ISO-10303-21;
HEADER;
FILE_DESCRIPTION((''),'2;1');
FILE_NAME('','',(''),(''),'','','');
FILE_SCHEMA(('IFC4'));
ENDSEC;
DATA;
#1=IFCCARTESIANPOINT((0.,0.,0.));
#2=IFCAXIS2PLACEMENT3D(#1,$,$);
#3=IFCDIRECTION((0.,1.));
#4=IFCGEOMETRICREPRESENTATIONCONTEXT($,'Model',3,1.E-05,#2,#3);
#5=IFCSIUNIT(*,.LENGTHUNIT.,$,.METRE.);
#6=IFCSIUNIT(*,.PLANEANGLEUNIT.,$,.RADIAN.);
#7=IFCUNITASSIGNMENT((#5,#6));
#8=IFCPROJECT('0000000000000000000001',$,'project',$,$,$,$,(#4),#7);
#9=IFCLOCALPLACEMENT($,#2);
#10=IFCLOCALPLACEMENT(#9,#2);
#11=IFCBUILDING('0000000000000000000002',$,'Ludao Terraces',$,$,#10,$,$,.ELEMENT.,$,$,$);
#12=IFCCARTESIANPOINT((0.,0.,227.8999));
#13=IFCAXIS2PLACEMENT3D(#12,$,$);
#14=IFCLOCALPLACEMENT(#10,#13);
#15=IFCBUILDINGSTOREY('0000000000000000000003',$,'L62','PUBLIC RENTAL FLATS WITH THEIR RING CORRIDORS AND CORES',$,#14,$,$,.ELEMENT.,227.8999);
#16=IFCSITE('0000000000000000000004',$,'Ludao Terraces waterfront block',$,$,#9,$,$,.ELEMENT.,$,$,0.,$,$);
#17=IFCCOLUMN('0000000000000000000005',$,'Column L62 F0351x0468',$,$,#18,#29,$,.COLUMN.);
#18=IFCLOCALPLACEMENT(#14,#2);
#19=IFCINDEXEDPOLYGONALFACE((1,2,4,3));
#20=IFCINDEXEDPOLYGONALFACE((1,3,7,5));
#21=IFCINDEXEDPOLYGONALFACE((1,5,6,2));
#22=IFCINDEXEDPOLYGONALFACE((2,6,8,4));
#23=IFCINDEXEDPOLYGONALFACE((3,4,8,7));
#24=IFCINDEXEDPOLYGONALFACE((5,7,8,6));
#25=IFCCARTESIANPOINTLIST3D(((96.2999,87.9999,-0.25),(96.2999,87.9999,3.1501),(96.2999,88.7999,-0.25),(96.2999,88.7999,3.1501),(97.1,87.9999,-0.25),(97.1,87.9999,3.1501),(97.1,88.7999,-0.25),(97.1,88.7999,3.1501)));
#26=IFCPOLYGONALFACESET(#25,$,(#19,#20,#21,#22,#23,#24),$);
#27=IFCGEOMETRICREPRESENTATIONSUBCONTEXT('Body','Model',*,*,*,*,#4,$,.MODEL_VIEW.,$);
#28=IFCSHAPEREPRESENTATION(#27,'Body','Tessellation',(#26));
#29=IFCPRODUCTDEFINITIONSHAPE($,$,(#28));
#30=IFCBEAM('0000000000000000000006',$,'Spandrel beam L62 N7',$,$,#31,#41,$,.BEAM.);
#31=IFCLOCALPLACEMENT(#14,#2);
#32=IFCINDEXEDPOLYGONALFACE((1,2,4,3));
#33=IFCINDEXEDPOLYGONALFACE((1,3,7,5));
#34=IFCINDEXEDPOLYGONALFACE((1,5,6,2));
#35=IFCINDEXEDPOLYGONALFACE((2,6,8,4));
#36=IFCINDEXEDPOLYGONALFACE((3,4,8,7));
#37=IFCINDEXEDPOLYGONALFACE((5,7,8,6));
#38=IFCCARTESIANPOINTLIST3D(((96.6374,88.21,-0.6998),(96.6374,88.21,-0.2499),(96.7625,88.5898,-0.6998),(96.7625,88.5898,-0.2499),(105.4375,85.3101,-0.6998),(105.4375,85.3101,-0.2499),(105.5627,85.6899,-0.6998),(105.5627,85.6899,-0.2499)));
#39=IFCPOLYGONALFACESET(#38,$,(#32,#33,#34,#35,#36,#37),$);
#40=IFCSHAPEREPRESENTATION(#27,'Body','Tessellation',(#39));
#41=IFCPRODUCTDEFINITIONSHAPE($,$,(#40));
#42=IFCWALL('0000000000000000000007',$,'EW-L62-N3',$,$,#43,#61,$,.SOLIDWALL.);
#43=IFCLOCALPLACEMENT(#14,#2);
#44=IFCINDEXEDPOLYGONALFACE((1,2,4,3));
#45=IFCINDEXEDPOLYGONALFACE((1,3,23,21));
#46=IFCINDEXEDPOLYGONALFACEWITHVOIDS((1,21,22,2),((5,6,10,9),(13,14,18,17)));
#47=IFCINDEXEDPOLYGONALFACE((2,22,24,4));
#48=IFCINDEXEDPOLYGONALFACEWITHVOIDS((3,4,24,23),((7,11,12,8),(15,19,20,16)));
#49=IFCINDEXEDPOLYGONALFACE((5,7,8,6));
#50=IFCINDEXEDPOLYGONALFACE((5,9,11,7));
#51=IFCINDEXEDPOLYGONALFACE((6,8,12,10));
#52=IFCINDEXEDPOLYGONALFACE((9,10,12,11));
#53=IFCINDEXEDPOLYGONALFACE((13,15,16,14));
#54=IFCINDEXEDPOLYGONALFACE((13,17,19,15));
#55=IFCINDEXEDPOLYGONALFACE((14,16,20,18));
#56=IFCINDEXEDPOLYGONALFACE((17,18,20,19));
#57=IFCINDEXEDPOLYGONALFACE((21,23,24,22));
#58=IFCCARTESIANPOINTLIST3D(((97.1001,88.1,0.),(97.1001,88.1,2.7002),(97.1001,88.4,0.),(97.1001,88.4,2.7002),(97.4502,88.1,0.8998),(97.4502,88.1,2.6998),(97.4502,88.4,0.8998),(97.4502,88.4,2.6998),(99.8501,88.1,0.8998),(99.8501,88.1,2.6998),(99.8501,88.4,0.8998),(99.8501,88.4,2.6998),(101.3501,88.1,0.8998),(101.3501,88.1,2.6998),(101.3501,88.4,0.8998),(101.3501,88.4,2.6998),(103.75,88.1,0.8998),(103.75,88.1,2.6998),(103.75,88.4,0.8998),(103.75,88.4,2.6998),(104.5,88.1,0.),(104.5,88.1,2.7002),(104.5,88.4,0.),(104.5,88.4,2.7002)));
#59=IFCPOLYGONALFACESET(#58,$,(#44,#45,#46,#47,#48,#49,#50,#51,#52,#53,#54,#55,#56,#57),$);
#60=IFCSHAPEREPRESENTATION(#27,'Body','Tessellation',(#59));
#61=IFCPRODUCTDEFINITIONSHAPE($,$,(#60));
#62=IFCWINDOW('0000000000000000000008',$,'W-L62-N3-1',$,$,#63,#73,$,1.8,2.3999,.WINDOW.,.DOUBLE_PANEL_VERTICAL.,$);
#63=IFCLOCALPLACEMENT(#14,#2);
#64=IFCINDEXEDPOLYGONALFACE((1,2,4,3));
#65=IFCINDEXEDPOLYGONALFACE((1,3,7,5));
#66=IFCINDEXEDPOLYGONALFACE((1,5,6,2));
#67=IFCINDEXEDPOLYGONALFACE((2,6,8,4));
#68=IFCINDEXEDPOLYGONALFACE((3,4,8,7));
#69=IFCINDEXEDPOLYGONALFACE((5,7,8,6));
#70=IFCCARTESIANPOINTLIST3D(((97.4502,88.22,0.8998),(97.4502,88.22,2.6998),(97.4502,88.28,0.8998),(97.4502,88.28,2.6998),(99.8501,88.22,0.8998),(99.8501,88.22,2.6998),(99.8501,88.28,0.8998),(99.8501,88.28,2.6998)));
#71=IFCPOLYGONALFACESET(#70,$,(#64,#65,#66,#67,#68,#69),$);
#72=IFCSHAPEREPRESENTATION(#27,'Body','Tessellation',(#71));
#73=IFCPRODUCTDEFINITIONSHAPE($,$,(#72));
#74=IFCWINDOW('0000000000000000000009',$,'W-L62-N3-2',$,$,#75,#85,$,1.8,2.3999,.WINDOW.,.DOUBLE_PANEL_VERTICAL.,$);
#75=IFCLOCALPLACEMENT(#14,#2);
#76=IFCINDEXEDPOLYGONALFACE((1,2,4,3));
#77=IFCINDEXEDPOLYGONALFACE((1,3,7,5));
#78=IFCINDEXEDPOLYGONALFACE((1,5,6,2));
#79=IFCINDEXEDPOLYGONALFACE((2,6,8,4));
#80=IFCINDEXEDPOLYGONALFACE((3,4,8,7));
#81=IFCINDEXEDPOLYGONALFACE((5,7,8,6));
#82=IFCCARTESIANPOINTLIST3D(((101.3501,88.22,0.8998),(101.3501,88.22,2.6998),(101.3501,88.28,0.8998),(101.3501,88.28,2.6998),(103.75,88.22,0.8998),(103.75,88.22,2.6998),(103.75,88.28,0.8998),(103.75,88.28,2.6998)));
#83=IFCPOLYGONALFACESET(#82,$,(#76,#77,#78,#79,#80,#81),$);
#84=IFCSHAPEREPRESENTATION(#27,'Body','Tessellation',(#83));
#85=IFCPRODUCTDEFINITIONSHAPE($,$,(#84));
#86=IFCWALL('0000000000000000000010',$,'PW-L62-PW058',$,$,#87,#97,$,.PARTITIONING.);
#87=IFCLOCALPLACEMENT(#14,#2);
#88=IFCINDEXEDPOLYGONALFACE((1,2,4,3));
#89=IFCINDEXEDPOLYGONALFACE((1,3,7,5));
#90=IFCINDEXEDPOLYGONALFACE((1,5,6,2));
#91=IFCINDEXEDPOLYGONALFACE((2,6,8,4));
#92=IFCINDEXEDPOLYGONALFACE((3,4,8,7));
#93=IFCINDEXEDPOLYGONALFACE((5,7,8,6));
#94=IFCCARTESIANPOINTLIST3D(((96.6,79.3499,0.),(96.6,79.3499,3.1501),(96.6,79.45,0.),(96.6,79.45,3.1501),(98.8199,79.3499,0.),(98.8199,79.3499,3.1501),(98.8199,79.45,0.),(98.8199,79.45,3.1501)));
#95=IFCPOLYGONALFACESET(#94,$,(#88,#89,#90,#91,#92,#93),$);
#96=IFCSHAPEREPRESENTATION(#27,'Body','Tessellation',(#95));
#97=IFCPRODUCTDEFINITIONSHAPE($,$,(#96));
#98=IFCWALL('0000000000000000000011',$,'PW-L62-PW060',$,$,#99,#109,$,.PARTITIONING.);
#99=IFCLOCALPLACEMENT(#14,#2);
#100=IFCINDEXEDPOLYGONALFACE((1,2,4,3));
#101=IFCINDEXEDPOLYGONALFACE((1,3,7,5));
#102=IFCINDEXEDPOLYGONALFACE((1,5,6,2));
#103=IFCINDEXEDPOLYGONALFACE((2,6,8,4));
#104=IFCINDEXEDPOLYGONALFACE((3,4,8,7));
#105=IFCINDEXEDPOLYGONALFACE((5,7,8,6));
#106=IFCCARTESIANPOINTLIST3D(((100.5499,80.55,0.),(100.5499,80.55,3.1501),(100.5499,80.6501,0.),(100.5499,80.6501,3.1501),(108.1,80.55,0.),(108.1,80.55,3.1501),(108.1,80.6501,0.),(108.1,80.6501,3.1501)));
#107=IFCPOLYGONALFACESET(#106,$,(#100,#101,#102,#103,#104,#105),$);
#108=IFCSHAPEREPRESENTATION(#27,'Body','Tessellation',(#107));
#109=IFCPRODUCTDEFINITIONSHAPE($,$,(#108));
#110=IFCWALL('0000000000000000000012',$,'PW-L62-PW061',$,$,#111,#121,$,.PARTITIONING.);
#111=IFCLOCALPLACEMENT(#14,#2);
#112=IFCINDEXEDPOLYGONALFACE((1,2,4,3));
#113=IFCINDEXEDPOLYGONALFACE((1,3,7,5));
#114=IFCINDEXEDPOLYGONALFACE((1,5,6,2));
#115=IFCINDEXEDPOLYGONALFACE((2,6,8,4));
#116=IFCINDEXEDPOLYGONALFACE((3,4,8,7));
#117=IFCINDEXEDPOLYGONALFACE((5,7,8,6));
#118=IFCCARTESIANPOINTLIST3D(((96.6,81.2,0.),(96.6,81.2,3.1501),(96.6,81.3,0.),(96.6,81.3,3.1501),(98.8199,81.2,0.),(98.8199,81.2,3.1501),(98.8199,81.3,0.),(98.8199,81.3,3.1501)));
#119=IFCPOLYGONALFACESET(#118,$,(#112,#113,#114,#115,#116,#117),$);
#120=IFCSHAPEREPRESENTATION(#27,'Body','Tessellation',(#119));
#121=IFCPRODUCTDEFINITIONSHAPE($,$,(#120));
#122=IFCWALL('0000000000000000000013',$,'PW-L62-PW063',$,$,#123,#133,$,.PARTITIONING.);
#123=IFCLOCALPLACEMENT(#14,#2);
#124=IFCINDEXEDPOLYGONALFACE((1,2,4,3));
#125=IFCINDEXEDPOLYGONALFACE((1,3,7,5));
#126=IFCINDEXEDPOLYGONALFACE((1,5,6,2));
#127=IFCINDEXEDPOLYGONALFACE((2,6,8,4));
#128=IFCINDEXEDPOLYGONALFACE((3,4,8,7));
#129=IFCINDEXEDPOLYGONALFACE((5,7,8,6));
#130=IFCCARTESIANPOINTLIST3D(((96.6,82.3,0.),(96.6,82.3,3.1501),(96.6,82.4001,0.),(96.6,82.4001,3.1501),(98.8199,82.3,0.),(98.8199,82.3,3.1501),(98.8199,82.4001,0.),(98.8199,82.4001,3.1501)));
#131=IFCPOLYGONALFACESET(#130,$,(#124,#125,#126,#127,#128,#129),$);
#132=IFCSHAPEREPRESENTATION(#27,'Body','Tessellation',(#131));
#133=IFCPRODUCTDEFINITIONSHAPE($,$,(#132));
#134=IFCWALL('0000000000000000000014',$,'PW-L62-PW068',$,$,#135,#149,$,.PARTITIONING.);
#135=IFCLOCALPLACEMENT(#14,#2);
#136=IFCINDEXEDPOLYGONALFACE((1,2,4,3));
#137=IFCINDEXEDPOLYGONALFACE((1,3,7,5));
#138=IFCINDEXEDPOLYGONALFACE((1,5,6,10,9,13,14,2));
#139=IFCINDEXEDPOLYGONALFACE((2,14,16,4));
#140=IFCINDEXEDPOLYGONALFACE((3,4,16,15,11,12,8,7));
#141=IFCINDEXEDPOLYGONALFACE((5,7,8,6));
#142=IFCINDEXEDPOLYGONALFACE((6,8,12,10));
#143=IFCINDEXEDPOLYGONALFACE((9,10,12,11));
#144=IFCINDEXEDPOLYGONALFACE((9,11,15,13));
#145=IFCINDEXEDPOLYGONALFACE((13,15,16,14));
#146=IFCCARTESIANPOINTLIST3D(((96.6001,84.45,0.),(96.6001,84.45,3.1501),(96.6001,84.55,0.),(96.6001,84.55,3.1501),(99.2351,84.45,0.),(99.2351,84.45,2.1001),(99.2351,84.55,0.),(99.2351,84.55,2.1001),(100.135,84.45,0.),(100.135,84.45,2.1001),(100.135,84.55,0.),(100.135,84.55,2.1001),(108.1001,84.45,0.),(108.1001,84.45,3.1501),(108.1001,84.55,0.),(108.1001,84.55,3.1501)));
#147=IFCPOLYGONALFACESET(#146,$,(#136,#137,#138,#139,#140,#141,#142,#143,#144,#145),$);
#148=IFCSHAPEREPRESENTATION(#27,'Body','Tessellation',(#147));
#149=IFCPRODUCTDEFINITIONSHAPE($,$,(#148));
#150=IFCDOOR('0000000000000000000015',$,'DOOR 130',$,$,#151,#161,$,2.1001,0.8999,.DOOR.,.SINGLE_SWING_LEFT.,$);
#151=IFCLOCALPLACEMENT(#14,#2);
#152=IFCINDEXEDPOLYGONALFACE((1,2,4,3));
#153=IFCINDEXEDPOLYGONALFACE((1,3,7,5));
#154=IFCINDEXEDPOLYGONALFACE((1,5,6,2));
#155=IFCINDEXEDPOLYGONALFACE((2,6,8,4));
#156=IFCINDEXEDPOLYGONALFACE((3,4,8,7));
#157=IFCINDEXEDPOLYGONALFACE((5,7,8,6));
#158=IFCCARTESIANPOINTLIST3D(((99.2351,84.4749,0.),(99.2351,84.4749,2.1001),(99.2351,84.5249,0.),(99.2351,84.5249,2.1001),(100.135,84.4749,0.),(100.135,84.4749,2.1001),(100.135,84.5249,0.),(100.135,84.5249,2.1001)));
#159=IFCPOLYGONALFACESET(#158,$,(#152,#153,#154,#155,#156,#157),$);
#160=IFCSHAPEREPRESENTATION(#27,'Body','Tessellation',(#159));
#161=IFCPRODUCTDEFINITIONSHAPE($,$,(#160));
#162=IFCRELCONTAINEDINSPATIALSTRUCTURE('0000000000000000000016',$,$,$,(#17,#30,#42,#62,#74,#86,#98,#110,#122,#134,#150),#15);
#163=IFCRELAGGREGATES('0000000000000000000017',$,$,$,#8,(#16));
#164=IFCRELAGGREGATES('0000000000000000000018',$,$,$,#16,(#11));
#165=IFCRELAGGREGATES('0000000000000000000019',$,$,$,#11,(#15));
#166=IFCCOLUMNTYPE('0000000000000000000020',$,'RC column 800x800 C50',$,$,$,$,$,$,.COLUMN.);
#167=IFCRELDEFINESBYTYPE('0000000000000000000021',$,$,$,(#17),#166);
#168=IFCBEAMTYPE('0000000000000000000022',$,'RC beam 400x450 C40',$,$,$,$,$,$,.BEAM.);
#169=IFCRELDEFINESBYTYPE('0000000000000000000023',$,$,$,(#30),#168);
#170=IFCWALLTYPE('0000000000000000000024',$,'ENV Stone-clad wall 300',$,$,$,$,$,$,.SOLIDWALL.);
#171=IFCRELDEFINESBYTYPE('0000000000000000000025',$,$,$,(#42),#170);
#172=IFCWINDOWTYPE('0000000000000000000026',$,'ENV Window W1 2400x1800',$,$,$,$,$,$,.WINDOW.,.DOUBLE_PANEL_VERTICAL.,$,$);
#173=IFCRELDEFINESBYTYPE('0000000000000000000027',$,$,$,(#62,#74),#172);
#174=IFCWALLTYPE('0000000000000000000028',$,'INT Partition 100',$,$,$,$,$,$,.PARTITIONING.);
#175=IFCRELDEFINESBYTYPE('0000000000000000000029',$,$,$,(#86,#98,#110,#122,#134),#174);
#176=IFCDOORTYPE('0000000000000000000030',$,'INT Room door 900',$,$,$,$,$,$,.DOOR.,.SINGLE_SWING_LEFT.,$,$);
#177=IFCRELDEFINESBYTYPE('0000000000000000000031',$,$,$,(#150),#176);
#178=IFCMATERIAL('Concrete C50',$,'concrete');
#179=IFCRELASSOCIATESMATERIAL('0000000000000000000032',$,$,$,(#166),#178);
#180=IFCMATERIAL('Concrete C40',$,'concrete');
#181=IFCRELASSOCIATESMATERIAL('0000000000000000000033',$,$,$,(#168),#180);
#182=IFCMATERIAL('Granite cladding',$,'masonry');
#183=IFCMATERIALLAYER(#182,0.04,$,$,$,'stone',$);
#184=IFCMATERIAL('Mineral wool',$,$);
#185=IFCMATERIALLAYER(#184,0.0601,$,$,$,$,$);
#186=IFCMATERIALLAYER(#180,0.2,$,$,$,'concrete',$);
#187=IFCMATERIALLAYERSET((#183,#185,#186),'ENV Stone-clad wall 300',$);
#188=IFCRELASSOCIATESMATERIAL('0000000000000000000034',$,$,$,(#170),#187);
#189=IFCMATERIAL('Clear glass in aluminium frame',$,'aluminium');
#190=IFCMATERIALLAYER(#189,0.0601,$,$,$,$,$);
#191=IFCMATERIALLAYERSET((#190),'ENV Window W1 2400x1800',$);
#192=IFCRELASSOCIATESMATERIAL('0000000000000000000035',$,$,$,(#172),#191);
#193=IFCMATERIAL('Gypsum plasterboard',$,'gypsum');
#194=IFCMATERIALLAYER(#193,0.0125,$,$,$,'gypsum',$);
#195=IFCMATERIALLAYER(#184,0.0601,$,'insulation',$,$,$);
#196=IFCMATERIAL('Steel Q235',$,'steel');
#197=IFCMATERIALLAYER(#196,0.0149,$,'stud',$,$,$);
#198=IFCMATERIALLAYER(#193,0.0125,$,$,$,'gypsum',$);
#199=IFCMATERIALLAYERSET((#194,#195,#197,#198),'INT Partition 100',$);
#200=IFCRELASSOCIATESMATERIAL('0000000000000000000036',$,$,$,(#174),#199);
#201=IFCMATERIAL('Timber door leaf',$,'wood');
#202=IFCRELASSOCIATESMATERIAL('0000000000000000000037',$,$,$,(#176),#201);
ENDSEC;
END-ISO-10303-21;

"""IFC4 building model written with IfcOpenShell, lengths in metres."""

from ifc_helpers import new_model, si_unit, direction, frame, frame_2d, origin, origin_2d, place, context, subcontext, project, spatial, rectangle, extrude, material, layer, layer_set, material_profile, profile_set, type_object, element, fill, save


model = new_model("IFC4")

# Units and contexts
model_context = context("Model", 3, precision=1e-05, world=origin(), true_north=direction((0.0, 1.0)))
body_context = subcontext(model_context, "Body", "Model", "MODEL_VIEW")
ifc_project = project(units=[si_unit("LENGTHUNIT", "METRE"), si_unit("PLANEANGLEUNIT", "RADIAN")], contexts=[model_context])

# Site, building, storey
site_placement = place(None, origin())
site = spatial("IfcSite", under=ifc_project, at=site_placement, Name="Ludao Terraces waterfront block", CompositionType="ELEMENT", RefElevation=0.0)
building_placement = place(site_placement, origin())
building = spatial("IfcBuilding", under=site, at=building_placement, Name="Ludao Terraces", CompositionType="ELEMENT")
storey_placement = place(building_placement, frame((0.0, 0.0, 227.8999)))
storey = spatial("IfcBuildingStorey", under=building, at=storey_placement, Name="L62", Description="PUBLIC RENTAL FLATS WITH THEIR RING CORRIDORS AND CORES", CompositionType="ELEMENT", Elevation=227.8999)

# Column
ifc_material_1 = material(Name="Concrete C50", Category="concrete")
ifc_material_profile_1 = material_profile(ifc_material_1, rectangle(XDim=0.8, YDim=0.8, at=origin_2d()), Name="800 X 800")
ifc_profile_set_1 = profile_set([ifc_material_profile_1], Name="Concrete C50")
column_type = type_object("IfcColumnType", Name="RC column 800x800 C50", PredefinedType="COLUMN", material=ifc_profile_set_1)
column_placement = place(storey_placement, frame((96.7, 88.3999, -0.25), z_axis=(0.0, 0.0, 1.0), x_axis=(1.0, 0.0, 0.0)))
element("IfcColumn", 1, at=column_placement, inside=storey, type_object=column_type, Name="Column L62 F0351x0468", PredefinedType="COLUMN", context=body_context, shape_type="SweptSolid", body=[
    extrude(rectangle(XDim=0.8, YDim=0.8, at=origin_2d()), origin(), (0.0, 0.0, 1.0), 3.4001),
])

# Beam
ifc_material_2 = material(Name="Concrete C40", Category="concrete")
ifc_material_profile_2 = material_profile(ifc_material_2, rectangle(XDim=0.3999, YDim=0.45, at=origin_2d()), Name="400 X 450")
ifc_profile_set_2 = profile_set([ifc_material_profile_2], Name="Concrete C40")
beam_type = type_object("IfcBeamType", Name="RC beam 400x450 C40", PredefinedType="BEAM", material=ifc_profile_set_2)
beam_placement = place(storey_placement, frame((96.7, 88.3999, -0.4749), z_axis=(0.949761, -0.312977, 0.0), x_axis=(0.312977, 0.949761, 0.0)))
element("IfcBeam", 2, at=beam_placement, inside=storey, type_object=beam_type, Name="Spandrel beam L62 N7", PredefinedType="BEAM", context=body_context, shape_type="SweptSolid", body=[
    extrude(rectangle(XDim=0.3999, YDim=0.45, at=origin_2d()), origin(), (0.0, 0.0, 1.0), 9.2656),
])

# Wall, openings, windows
ifc_material_3 = material(Name="Granite cladding", Category="masonry")
ifc_layer_1 = layer(ifc_material_3, 0.04, Category="stone")
ifc_material_4 = material(Name="Mineral wool")
ifc_layer_2 = layer(ifc_material_4, 0.0601)
ifc_layer_3 = layer(ifc_material_2, 0.2, Category="concrete")
ifc_layer_set_1 = layer_set([ifc_layer_1, ifc_layer_2, ifc_layer_3], Name="ENV Stone-clad wall 300")
wall_type_1 = type_object("IfcWallType", Name="ENV Stone-clad wall 300", PredefinedType="SOLIDWALL", material=ifc_layer_set_1)
wall_1_placement = place(storey_placement, frame((97.1001, 88.25, 0.0), z_axis=(0.0, 0.0, 1.0), x_axis=(1.0, 0.0, 0.0)))
wall_1 = element("IfcWall", 3, at=wall_1_placement, inside=storey, type_object=wall_type_1, Name="EW-L62-N3", PredefinedType="SOLIDWALL", context=body_context, shape_type="SweptSolid", body=[
    extrude(rectangle(XDim=7.3999, YDim=0.3, at=frame_2d((3.7, 0.0))), origin(), (0.0, 0.0, 1.0), 2.7002),
])
opening_1_placement = place(wall_1_placement, frame((0.3501, 0.0, 0.8999)))
opening_1 = element("IfcOpeningElement", 4, at=opening_1_placement, cuts=wall_1, PredefinedType="OPENING", context=body_context, shape_type="SweptSolid", body=[
    extrude(rectangle(XDim=2.3999, YDim=1.8, at=frame_2d((1.2, 0.8999))), frame((0.0, 0.1602, 0.0), z_axis=(0.0, -1.0, 0.0), x_axis=(1.0, 0.0, 0.0)), (0.0, 0.0, 1.0), 0.3201),
])
opening_2_placement = place(wall_1_placement, frame((4.25, 0.0, 0.8999)))
opening_2 = element("IfcOpeningElement", 5, at=opening_2_placement, cuts=wall_1, PredefinedType="OPENING", context=body_context, shape_type="SweptSolid", body=[
    extrude(rectangle(XDim=2.3999, YDim=1.8, at=frame_2d((1.2, 0.8999))), frame((0.0, 0.1602, 0.0), z_axis=(0.0, -1.0, 0.0), x_axis=(1.0, 0.0, 0.0)), (0.0, 0.0, 1.0), 0.3201),
])
ifc_material_5 = material(Name="Clear glass in aluminium frame", Category="aluminium")
ifc_layer_4 = layer(ifc_material_5, 0.0601)
ifc_layer_set_2 = layer_set([ifc_layer_4], Name="ENV Window W1 2400x1800")
window_type = type_object("IfcWindowType", Name="ENV Window W1 2400x1800", PartitioningType="DOUBLE_PANEL_VERTICAL", PredefinedType="WINDOW", material=ifc_layer_set_2)
window_1_placement = place(opening_1_placement, origin())
window_1 = element("IfcWindow", 6, at=window_1_placement, inside=storey, type_object=window_type, Name="W-L62-N3-1", OverallHeight=1.8, OverallWidth=2.3999, PartitioningType="DOUBLE_PANEL_VERTICAL", PredefinedType="WINDOW", context=body_context, shape_type="SweptSolid", body=[
    extrude(rectangle(XDim=2.3999, YDim=1.8, at=frame_2d((1.2, 0.8999))), frame((0.0, 0.03, 0.0), z_axis=(0.0, -1.0, 0.0), x_axis=(1.0, 0.0, 0.0)), (0.0, 0.0, 1.0), 0.0601),
])
fill(opening_1, window_1)
window_2_placement = place(opening_2_placement, origin())
window_2 = element("IfcWindow", 7, at=window_2_placement, inside=storey, type_object=window_type, Name="W-L62-N3-2", OverallHeight=1.8, OverallWidth=2.3999, PartitioningType="DOUBLE_PANEL_VERTICAL", PredefinedType="WINDOW", context=body_context, shape_type="SweptSolid", body=[
    extrude(rectangle(XDim=2.3999, YDim=1.8, at=frame_2d((1.2, 0.8999))), frame((0.0, 0.03, 0.0), z_axis=(0.0, -1.0, 0.0), x_axis=(1.0, 0.0, 0.0)), (0.0, 0.0, 1.0), 0.0601),
])
fill(opening_2, window_2)

# Walls
ifc_material_6 = material(Name="Gypsum plasterboard", Category="gypsum")
ifc_layer_5 = layer(ifc_material_6, 0.0125, Category="gypsum")
ifc_layer_6 = layer(ifc_material_4, 0.0601, Name="insulation")
ifc_material_7 = material(Name="Steel Q235", Category="steel")
ifc_layer_7 = layer(ifc_material_7, 0.0149, Name="stud")
ifc_layer_8 = layer(ifc_material_6, 0.0125, Category="gypsum")
ifc_layer_set_3 = layer_set([ifc_layer_5, ifc_layer_6, ifc_layer_7, ifc_layer_8], Name="INT Partition 100")
wall_type_2 = type_object("IfcWallType", Name="INT Partition 100", PredefinedType="PARTITIONING", material=ifc_layer_set_3)
wall_2_placement = place(storey_placement, frame((96.6001, 79.3999, 0.0), z_axis=(0.0, 0.0, 1.0), x_axis=(1.0, 0.0, 0.0)))
element("IfcWall", 8, at=wall_2_placement, inside=storey, type_object=wall_type_2, Name="PW-L62-PW058", PredefinedType="PARTITIONING", context=body_context, shape_type="SweptSolid", body=[
    extrude(rectangle(XDim=2.22, YDim=0.1001, at=frame_2d((1.1099, 0.0))), origin(), (0.0, 0.0, 1.0), 3.1501),
])
wall_3_placement = place(storey_placement, frame((100.55, 80.6001, 0.0), z_axis=(0.0, 0.0, 1.0), x_axis=(1.0, 0.0, 0.0)))
element("IfcWall", 9, at=wall_3_placement, inside=storey, type_object=wall_type_2, Name="PW-L62-PW060", PredefinedType="PARTITIONING", context=body_context, shape_type="SweptSolid", body=[
    extrude(rectangle(XDim=7.55, YDim=0.1001, at=frame_2d((3.7749, 0.0))), origin(), (0.0, 0.0, 1.0), 3.1501),
])
for number, where, z_axis, x_axis, name in (
    (10, (96.6001, 81.25, 0.0), (0.0, 0.0, 1.0), (1.0, 0.0, 0.0), "PW-L62-PW061"),
    (11, (96.6001, 82.3501, 0.0), (0.0, 0.0, 1.0), (1.0, 0.0, 0.0), "PW-L62-PW063"),
):
    element("IfcWall", number, at=place(storey_placement, frame(where, z_axis=z_axis, x_axis=x_axis)), inside=storey, type_object=wall_type_2, Name=name, PredefinedType="PARTITIONING", context=body_context, shape_type="SweptSolid", body=[
        extrude(rectangle(XDim=2.22, YDim=0.1001, at=frame_2d((1.1099, 0.0))), origin(), (0.0, 0.0, 1.0), 3.1501),
    ])

# Wall, opening, door
wall_4_placement = place(storey_placement, frame((96.6001, 84.5, 0.0), z_axis=(0.0, 0.0, 1.0), x_axis=(1.0, 0.0, 0.0)))
wall_4 = element("IfcWall", 12, at=wall_4_placement, inside=storey, type_object=wall_type_2, Name="PW-L62-PW068", PredefinedType="PARTITIONING", context=body_context, shape_type="SweptSolid", body=[
    extrude(rectangle(XDim=11.5, YDim=0.1001, at=frame_2d((5.75, 0.0))), origin(), (0.0, 0.0, 1.0), 3.1501),
])
opening_3_placement = place(wall_4_placement, frame((2.635, 0.0, 0.0)))
opening_3 = element("IfcOpeningElement", 13, at=opening_3_placement, cuts=wall_4, PredefinedType="OPENING", context=body_context, shape_type="SweptSolid", body=[
    extrude(rectangle(XDim=0.8999, YDim=2.1001, at=frame_2d((0.45, 1.05))), frame((0.0, 0.0601, 0.0), z_axis=(0.0, -1.0, 0.0), x_axis=(1.0, 0.0, 0.0)), (0.0, 0.0, 1.0), 0.1201),
])
ifc_material_8 = material(Name="Timber door leaf", Category="wood")
door_type_1 = type_object("IfcDoorType", Name="INT Room door 900", OperationType="SINGLE_SWING_LEFT", PredefinedType="DOOR", material=ifc_material_8)
door_1_placement = place(opening_3_placement, origin())
door_1 = element("IfcDoor", 14, at=door_1_placement, inside=storey, type_object=door_type_1, Name="DOOR 130", OperationType="SINGLE_SWING_LEFT", OverallHeight=2.1001, OverallWidth=0.8999, PredefinedType="DOOR", context=body_context, shape_type="SweptSolid", body=[
    extrude(rectangle(XDim=0.8999, YDim=2.1001, at=frame_2d((0.45, 1.05))), frame((0.0, 0.0249, 0.0), z_axis=(0.0, -1.0, 0.0), x_axis=(1.0, 0.0, 0.0)), (0.0, 0.0, 1.0), 0.05),
])
fill(opening_3, door_1)

save(model, "model.ifc")
